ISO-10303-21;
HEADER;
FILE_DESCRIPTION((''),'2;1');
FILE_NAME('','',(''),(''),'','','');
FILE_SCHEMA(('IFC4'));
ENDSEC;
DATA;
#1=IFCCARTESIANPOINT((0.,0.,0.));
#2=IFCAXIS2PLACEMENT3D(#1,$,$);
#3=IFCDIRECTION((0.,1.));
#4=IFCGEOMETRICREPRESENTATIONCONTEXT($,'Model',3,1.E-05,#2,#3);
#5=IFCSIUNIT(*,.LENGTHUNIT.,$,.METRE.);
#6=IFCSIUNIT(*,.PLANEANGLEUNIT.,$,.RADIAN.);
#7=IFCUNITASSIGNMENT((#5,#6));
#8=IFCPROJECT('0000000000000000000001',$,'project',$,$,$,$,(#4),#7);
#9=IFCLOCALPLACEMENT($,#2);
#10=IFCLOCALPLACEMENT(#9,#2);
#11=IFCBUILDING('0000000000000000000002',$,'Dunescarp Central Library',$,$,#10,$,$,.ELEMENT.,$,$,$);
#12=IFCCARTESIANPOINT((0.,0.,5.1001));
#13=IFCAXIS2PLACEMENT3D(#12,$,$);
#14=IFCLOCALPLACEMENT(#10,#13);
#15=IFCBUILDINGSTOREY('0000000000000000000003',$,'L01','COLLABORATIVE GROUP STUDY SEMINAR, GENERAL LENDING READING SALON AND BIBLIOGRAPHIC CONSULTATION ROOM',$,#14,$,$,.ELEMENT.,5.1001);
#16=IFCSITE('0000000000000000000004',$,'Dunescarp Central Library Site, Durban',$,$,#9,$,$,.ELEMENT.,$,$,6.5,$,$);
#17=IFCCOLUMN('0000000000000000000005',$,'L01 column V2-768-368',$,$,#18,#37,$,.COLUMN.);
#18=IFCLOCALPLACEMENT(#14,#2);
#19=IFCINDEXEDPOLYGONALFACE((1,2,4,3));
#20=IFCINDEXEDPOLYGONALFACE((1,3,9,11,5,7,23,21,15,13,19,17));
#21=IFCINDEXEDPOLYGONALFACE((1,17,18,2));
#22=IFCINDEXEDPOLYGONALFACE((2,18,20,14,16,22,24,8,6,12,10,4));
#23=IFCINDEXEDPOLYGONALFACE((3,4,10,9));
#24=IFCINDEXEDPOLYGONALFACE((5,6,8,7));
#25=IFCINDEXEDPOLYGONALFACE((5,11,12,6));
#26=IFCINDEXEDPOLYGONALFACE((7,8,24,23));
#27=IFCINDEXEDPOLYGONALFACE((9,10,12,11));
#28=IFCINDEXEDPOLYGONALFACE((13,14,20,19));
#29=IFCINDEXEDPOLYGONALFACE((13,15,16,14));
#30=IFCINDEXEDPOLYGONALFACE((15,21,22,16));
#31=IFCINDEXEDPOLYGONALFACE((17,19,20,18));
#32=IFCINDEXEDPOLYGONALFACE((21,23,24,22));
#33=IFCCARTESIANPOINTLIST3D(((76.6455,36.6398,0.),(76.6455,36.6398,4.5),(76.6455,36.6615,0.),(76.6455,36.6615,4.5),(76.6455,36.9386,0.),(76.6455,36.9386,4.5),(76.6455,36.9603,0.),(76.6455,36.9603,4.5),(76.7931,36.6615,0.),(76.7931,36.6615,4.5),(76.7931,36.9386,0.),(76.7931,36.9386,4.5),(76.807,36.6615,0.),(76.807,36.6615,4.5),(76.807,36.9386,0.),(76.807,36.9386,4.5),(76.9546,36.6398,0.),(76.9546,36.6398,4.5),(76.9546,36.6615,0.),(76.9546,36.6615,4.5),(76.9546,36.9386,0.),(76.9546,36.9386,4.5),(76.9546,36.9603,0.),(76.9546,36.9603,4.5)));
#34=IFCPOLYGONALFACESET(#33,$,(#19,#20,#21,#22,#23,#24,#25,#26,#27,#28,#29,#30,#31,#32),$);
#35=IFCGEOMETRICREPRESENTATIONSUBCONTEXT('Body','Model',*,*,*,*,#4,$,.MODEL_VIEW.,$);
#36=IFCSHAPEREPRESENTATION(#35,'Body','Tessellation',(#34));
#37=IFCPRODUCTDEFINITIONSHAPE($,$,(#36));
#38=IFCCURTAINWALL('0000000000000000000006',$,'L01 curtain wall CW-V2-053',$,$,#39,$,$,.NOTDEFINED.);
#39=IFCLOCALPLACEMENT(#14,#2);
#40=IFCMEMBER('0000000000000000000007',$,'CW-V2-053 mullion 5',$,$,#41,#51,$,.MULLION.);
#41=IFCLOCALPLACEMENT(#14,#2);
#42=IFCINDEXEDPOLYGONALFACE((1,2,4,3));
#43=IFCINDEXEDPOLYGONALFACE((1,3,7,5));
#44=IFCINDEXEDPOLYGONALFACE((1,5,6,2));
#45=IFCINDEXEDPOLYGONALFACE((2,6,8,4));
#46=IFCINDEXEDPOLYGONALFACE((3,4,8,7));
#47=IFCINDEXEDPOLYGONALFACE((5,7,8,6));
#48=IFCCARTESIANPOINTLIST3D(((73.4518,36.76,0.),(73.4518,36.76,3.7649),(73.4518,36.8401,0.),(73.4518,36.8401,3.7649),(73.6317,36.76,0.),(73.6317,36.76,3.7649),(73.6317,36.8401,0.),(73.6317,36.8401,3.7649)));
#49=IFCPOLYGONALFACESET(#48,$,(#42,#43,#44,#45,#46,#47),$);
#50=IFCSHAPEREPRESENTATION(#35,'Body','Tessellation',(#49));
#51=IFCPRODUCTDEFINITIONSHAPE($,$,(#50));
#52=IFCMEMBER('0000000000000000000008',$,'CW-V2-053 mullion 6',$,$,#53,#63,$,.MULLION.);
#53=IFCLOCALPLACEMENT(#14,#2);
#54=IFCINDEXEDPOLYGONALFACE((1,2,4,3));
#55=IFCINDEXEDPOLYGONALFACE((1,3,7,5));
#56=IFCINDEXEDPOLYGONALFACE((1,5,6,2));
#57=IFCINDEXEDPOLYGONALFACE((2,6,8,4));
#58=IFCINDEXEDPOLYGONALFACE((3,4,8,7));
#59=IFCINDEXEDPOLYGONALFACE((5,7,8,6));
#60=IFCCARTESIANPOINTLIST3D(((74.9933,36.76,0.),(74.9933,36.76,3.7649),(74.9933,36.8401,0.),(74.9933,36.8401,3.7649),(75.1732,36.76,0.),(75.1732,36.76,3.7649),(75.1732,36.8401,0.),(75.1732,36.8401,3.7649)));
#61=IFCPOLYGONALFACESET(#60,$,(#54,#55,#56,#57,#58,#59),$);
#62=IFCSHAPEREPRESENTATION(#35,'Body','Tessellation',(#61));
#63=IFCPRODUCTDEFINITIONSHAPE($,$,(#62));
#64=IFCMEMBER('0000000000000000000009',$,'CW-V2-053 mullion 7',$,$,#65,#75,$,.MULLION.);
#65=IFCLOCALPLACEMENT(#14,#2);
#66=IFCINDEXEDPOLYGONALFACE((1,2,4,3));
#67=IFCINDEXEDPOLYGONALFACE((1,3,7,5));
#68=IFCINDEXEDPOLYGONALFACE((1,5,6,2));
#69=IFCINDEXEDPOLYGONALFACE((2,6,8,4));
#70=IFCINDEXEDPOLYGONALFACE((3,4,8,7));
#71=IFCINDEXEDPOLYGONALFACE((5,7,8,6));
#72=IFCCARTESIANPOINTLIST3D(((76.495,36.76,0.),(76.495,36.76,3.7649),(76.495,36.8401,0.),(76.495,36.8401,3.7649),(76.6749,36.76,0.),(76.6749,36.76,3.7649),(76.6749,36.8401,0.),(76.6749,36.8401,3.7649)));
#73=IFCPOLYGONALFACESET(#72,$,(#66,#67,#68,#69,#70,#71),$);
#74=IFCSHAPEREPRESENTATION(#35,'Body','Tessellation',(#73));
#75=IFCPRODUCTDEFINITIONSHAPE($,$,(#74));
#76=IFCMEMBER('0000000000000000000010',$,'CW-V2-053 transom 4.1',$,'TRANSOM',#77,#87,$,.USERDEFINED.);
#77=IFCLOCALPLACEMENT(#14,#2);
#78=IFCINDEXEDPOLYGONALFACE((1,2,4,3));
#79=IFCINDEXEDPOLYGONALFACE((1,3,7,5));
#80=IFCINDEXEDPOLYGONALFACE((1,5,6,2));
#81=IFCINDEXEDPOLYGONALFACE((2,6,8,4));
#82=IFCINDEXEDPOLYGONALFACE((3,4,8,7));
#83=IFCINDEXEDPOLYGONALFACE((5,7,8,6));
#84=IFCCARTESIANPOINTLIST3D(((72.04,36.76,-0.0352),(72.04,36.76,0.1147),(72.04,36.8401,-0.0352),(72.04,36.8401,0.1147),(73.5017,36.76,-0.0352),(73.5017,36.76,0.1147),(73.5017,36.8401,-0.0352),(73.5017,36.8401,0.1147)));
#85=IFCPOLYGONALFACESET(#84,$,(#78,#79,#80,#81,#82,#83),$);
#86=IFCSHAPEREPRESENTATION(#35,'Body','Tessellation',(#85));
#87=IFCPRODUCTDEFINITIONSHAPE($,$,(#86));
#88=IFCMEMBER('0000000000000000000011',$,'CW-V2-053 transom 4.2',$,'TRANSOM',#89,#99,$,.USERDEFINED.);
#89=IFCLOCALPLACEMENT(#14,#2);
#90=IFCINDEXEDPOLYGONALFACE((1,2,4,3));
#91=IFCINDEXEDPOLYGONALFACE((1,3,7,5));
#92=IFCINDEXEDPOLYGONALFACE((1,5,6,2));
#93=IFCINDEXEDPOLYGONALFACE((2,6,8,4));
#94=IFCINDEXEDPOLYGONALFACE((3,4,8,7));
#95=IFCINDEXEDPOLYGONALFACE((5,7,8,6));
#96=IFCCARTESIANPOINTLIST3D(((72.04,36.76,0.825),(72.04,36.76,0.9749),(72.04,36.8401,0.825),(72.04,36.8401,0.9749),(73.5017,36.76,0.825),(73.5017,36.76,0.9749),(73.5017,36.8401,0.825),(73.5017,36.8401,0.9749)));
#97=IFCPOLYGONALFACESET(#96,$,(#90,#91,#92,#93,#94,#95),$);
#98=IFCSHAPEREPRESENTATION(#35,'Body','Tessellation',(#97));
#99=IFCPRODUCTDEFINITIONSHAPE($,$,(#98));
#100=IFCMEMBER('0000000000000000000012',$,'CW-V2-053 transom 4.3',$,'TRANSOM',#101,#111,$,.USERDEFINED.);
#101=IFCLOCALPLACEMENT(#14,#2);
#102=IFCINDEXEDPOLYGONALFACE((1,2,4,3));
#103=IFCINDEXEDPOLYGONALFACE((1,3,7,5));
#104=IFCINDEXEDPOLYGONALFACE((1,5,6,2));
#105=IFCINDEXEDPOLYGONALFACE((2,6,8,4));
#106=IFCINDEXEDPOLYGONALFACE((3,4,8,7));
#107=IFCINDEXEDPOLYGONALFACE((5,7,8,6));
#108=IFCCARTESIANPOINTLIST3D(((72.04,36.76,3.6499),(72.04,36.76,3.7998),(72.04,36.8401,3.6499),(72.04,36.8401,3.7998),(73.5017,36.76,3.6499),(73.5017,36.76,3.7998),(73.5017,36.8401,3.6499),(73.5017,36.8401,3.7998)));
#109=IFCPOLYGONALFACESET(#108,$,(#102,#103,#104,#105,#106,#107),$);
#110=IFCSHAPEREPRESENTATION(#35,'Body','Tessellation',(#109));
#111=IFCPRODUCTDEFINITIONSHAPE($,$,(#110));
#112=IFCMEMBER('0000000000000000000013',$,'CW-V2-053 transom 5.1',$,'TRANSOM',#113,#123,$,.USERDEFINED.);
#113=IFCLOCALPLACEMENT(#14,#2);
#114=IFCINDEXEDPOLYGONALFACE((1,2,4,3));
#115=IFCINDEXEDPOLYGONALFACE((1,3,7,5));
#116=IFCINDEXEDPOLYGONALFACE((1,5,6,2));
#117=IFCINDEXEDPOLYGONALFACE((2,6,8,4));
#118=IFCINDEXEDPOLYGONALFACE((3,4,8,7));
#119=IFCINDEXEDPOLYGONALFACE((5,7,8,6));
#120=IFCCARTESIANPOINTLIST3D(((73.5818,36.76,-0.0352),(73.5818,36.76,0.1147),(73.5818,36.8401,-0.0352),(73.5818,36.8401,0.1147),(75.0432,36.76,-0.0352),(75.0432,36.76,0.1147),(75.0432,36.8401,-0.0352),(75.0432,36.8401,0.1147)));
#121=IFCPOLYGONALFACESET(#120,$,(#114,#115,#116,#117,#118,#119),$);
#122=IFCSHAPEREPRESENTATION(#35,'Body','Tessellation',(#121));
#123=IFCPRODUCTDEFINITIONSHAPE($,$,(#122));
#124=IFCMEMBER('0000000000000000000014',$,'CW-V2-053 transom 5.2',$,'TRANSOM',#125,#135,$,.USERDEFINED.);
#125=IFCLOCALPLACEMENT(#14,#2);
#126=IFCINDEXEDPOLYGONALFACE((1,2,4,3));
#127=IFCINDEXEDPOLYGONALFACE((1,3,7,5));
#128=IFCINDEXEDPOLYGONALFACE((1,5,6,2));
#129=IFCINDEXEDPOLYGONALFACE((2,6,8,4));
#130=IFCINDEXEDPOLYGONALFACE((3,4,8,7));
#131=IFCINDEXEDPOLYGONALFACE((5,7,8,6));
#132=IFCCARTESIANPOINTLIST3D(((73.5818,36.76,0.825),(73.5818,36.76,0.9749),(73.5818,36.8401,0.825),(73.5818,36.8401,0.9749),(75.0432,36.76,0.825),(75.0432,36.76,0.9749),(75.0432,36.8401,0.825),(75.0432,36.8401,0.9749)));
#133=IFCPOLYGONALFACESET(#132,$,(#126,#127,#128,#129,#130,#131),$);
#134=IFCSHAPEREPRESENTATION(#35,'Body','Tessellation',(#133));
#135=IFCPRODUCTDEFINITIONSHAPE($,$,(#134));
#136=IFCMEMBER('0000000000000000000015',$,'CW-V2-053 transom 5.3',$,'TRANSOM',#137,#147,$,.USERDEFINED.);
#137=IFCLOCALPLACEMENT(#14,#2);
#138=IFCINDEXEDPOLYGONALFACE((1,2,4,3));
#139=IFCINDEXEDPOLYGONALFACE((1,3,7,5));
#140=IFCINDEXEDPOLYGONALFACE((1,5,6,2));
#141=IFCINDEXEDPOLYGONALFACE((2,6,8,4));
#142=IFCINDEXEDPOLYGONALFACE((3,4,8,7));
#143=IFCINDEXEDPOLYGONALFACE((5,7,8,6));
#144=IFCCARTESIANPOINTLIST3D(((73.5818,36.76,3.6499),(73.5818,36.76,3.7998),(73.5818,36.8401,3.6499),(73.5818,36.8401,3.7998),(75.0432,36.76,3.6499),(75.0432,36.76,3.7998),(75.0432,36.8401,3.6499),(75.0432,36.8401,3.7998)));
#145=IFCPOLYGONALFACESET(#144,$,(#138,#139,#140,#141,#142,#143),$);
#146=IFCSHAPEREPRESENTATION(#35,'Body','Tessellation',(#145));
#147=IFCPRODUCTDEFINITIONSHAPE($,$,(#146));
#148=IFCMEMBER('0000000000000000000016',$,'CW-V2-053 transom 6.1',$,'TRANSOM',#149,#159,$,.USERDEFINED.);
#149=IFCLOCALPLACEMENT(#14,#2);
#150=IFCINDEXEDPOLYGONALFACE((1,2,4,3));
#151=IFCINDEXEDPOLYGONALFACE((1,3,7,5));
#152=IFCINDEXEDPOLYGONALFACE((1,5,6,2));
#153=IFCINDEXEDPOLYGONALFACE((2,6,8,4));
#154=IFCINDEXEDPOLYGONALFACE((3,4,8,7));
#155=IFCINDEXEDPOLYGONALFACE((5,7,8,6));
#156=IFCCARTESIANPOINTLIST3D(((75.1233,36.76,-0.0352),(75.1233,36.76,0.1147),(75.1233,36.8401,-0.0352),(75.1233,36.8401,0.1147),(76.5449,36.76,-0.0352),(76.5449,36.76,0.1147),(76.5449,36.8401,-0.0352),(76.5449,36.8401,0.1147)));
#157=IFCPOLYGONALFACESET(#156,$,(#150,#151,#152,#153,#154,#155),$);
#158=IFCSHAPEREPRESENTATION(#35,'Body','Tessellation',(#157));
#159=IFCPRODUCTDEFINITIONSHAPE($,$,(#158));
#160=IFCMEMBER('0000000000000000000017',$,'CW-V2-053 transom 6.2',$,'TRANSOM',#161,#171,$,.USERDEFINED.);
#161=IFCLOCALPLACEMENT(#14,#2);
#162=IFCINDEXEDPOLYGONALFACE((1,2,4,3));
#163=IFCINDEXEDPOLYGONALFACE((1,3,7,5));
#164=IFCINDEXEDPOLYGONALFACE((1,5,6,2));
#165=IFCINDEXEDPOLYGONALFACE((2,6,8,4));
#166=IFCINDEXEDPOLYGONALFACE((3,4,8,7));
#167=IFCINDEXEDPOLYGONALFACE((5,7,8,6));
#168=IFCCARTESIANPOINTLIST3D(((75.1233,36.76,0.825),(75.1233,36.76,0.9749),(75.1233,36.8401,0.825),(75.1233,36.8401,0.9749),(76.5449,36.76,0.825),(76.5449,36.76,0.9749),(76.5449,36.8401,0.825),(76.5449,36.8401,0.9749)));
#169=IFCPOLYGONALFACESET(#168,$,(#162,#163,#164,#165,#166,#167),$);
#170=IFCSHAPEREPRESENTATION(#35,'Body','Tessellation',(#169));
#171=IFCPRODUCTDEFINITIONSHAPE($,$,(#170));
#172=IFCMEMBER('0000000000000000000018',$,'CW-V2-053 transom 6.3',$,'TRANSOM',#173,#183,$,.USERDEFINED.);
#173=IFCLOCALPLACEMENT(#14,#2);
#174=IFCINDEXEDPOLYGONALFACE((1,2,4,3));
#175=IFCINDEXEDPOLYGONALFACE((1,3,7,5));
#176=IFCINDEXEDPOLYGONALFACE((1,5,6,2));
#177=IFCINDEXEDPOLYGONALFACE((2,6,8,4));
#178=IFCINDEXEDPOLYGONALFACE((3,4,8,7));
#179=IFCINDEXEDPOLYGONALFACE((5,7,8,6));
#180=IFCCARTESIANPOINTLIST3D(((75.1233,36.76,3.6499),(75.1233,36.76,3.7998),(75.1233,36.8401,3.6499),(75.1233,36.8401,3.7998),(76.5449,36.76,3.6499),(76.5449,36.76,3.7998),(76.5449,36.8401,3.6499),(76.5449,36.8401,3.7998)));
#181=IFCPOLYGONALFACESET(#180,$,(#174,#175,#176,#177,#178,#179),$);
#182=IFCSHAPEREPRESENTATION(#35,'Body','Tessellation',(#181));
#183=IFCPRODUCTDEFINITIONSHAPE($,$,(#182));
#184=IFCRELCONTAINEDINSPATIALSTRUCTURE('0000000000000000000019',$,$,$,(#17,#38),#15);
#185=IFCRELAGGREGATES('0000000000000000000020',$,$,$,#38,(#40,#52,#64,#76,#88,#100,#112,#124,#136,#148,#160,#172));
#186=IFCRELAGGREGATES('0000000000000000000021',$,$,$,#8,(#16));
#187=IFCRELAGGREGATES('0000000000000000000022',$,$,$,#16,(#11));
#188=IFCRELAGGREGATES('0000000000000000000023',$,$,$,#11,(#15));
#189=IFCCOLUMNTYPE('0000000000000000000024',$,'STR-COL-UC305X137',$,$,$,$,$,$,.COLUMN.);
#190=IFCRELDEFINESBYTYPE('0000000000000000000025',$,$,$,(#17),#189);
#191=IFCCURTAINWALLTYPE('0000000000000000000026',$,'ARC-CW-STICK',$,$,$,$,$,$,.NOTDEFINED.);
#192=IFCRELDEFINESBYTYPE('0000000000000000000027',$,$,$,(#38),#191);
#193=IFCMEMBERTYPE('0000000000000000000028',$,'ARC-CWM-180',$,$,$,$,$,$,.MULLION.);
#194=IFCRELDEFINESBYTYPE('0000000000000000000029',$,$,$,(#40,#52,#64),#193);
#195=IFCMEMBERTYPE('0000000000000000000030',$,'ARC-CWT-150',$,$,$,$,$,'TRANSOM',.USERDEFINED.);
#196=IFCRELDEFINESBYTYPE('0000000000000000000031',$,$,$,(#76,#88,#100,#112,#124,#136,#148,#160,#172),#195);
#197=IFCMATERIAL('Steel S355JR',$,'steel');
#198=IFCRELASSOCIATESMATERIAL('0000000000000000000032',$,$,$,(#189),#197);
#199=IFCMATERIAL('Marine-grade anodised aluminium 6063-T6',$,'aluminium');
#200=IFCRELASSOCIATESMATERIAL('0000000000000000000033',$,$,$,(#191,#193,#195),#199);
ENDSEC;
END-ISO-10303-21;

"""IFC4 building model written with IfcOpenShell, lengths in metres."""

from ifc_helpers import new_model, si_unit, direction, frame, origin, origin_2d, place, context, subcontext, project, spatial, rectangle, i_section, extrude, material, material_profile, profile_set, type_object, element, aggregate, save


model = new_model("IFC4")

# Units and contexts
model_context = context("Model", 3, precision=1e-05, world=origin(), true_north=direction((0.0, 1.0)))
body_context = subcontext(model_context, "Body", "Model", "MODEL_VIEW")
ifc_project = project(units=[si_unit("LENGTHUNIT", "METRE"), si_unit("PLANEANGLEUNIT", "RADIAN")], contexts=[model_context])

# Site, building, storey
site_placement = place(None, origin())
site = spatial("IfcSite", under=ifc_project, at=site_placement, Name="Dunescarp Central Library Site, Durban", CompositionType="ELEMENT", RefElevation=6.5)
building_placement = place(site_placement, origin())
building = spatial("IfcBuilding", under=site, at=building_placement, Name="Dunescarp Central Library", CompositionType="ELEMENT")
storey_placement = place(building_placement, frame((0.0, 0.0, 5.1001)))
storey = spatial("IfcBuildingStorey", under=building, at=storey_placement, Name="L01", Description="COLLABORATIVE GROUP STUDY SEMINAR, GENERAL LENDING READING SALON AND BIBLIOGRAPHIC CONSULTATION ROOM", CompositionType="ELEMENT", Elevation=5.1001)

# Column
ifc_material_1 = material(Name="Steel S355JR", Category="steel")
ifc_material_profile_1 = material_profile(ifc_material_1, i_section(OverallWidth=0.3091, OverallDepth=0.3206, WebThickness=0.0139, FlangeThickness=0.0217, at=origin_2d()), Name="UC 305x305x137")
ifc_profile_set_1 = profile_set([ifc_material_profile_1], Name="Steel S355JR")
column_type = type_object("IfcColumnType", Name="STR-COL-UC305X137", PredefinedType="COLUMN", material=ifc_profile_set_1)
column_placement = place(storey_placement, frame((76.8, 36.8, 0.0), z_axis=(0.0, 0.0, 1.0), x_axis=(1.0, 0.0, 0.0)))
element("IfcColumn", 1, at=column_placement, inside=storey, type_object=column_type, Name="L01 column V2-768-368", PredefinedType="COLUMN", context=body_context, shape_type="SweptSolid", body=[
    extrude(i_section(OverallWidth=0.3091, OverallDepth=0.3206, WebThickness=0.0139, FlangeThickness=0.0217, at=origin_2d()), origin(), (0.0, 0.0, 1.0), 4.5),
])

# Curtain wall, members
ifc_material_2 = material(Name="Marine-grade anodised aluminium 6063-T6", Category="aluminium")
curtain_wall_type = type_object("IfcCurtainWallType", Name="ARC-CW-STICK", PredefinedType="NOTDEFINED", material=ifc_material_2)
curtain_wall_placement = place(storey_placement, origin())
curtain_wall = element("IfcCurtainWall", 2, at=curtain_wall_placement, inside=storey, type_object=curtain_wall_type, Name="L01 curtain wall CW-V2-053", PredefinedType="NOTDEFINED")
ifc_material_profile_2 = material_profile(ifc_material_2, rectangle(XDim=0.0801, YDim=0.1799, at=origin_2d()), Name="AL 80x180")
ifc_profile_set_2 = profile_set([ifc_material_profile_2], Name="Marine-grade anodised aluminium 6063-T6")
member_type_1 = type_object("IfcMemberType", Name="ARC-CWM-180", PredefinedType="MULLION", material=ifc_profile_set_2)
member_1_placement = place(storey_placement, frame((73.5417, 36.8, 0.0), z_axis=(0.0, 0.0, 1.0), x_axis=(0.0, 1.0, 0.0)))
member_1 = element("IfcMember", 3, at=member_1_placement, type_object=member_type_1, Name="CW-V2-053 mullion 5", PredefinedType="MULLION", context=body_context, shape_type="SweptSolid", body=[
    extrude(rectangle(XDim=0.0801, YDim=0.1799, at=origin_2d()), origin(), (0.0, 0.0, 1.0), 3.7649),
])
member_2_placement = place(storey_placement, frame((75.0833, 36.8, 0.0), z_axis=(0.0, 0.0, 1.0), x_axis=(0.0, 1.0, 0.0)))
member_2 = element("IfcMember", 4, at=member_2_placement, type_object=member_type_1, Name="CW-V2-053 mullion 6", PredefinedType="MULLION", context=body_context, shape_type="SweptSolid", body=[
    extrude(rectangle(XDim=0.0801, YDim=0.1799, at=origin_2d()), origin(), (0.0, 0.0, 1.0), 3.7649),
])
member_3_placement = place(storey_placement, frame((76.585, 36.8, 0.0), z_axis=(0.0, 0.0, 1.0), x_axis=(0.0, 1.0, 0.0)))
member_3 = element("IfcMember", 5, at=member_3_placement, type_object=member_type_1, Name="CW-V2-053 mullion 7", PredefinedType="MULLION", context=body_context, shape_type="SweptSolid", body=[
    extrude(rectangle(XDim=0.0801, YDim=0.1799, at=origin_2d()), origin(), (0.0, 0.0, 1.0), 3.7649),
])
ifc_material_profile_3 = material_profile(ifc_material_2, rectangle(XDim=0.0801, YDim=0.1499, at=origin_2d()), Name="AL 80x150")
ifc_profile_set_3 = profile_set([ifc_material_profile_3], Name="Marine-grade anodised aluminium 6063-T6")
member_type_2 = type_object("IfcMemberType", Name="ARC-CWT-150", ElementType="TRANSOM", PredefinedType="USERDEFINED", material=ifc_profile_set_3)
member_4_placement = place(storey_placement, frame((72.04, 36.8, 0.0398), z_axis=(1.0, 0.0, 0.0), x_axis=(0.0, 1.0, 0.0)))
member_4 = element("IfcMember", 6, at=member_4_placement, type_object=member_type_2, Name="CW-V2-053 transom 4.1", ObjectType="TRANSOM", PredefinedType="USERDEFINED", context=body_context, shape_type="SweptSolid", body=[
    extrude(rectangle(XDim=0.0801, YDim=0.1499, at=origin_2d()), origin(), (0.0, 0.0, 1.0), 1.4617),
])
member_5_placement = place(storey_placement, frame((72.04, 36.8, 0.8999), z_axis=(1.0, 0.0, 0.0), x_axis=(0.0, 1.0, 0.0)))
member_5 = element("IfcMember", 7, at=member_5_placement, type_object=member_type_2, Name="CW-V2-053 transom 4.2", ObjectType="TRANSOM", PredefinedType="USERDEFINED", context=body_context, shape_type="SweptSolid", body=[
    extrude(rectangle(XDim=0.0801, YDim=0.1499, at=origin_2d()), origin(), (0.0, 0.0, 1.0), 1.4617),
])
member_6_placement = place(storey_placement, frame((72.04, 36.8, 3.7249), z_axis=(1.0, 0.0, 0.0), x_axis=(0.0, 1.0, 0.0)))
member_6 = element("IfcMember", 8, at=member_6_placement, type_object=member_type_2, Name="CW-V2-053 transom 4.3", ObjectType="TRANSOM", PredefinedType="USERDEFINED", context=body_context, shape_type="SweptSolid", body=[
    extrude(rectangle(XDim=0.0801, YDim=0.1499, at=origin_2d()), origin(), (0.0, 0.0, 1.0), 1.4617),
])
member_7_placement = place(storey_placement, frame((73.5818, 36.8, 0.0398), z_axis=(1.0, 0.0, 0.0), x_axis=(0.0, 1.0, 0.0)))
member_7 = element("IfcMember", 9, at=member_7_placement, type_object=member_type_2, Name="CW-V2-053 transom 5.1", ObjectType="TRANSOM", PredefinedType="USERDEFINED", context=body_context, shape_type="SweptSolid", body=[
    extrude(rectangle(XDim=0.0801, YDim=0.1499, at=origin_2d()), origin(), (0.0, 0.0, 1.0), 1.4614),
])
member_8_placement = place(storey_placement, frame((73.5818, 36.8, 0.8999), z_axis=(1.0, 0.0, 0.0), x_axis=(0.0, 1.0, 0.0)))
member_8 = element("IfcMember", 10, at=member_8_placement, type_object=member_type_2, Name="CW-V2-053 transom 5.2", ObjectType="TRANSOM", PredefinedType="USERDEFINED", context=body_context, shape_type="SweptSolid", body=[
    extrude(rectangle(XDim=0.0801, YDim=0.1499, at=origin_2d()), origin(), (0.0, 0.0, 1.0), 1.4614),
])
member_9_placement = place(storey_placement, frame((73.5818, 36.8, 3.7249), z_axis=(1.0, 0.0, 0.0), x_axis=(0.0, 1.0, 0.0)))
member_9 = element("IfcMember", 11, at=member_9_placement, type_object=member_type_2, Name="CW-V2-053 transom 5.3", ObjectType="TRANSOM", PredefinedType="USERDEFINED", context=body_context, shape_type="SweptSolid", body=[
    extrude(rectangle(XDim=0.0801, YDim=0.1499, at=origin_2d()), origin(), (0.0, 0.0, 1.0), 1.4614),
])
member_10_placement = place(storey_placement, frame((75.1233, 36.8, 0.0398), z_axis=(1.0, 0.0, 0.0), x_axis=(0.0, 1.0, 0.0)))
member_10 = element("IfcMember", 12, at=member_10_placement, type_object=member_type_2, Name="CW-V2-053 transom 6.1", ObjectType="TRANSOM", PredefinedType="USERDEFINED", context=body_context, shape_type="SweptSolid", body=[
    extrude(rectangle(XDim=0.0801, YDim=0.1499, at=origin_2d()), origin(), (0.0, 0.0, 1.0), 1.4216),
])
member_11_placement = place(storey_placement, frame((75.1233, 36.8, 0.8999), z_axis=(1.0, 0.0, 0.0), x_axis=(0.0, 1.0, 0.0)))
member_11 = element("IfcMember", 13, at=member_11_placement, type_object=member_type_2, Name="CW-V2-053 transom 6.2", ObjectType="TRANSOM", PredefinedType="USERDEFINED", context=body_context, shape_type="SweptSolid", body=[
    extrude(rectangle(XDim=0.0801, YDim=0.1499, at=origin_2d()), origin(), (0.0, 0.0, 1.0), 1.4216),
])
member_12_placement = place(storey_placement, frame((75.1233, 36.8, 3.7249), z_axis=(1.0, 0.0, 0.0), x_axis=(0.0, 1.0, 0.0)))
member_12 = element("IfcMember", 14, at=member_12_placement, type_object=member_type_2, Name="CW-V2-053 transom 6.3", ObjectType="TRANSOM", PredefinedType="USERDEFINED", context=body_context, shape_type="SweptSolid", body=[
    extrude(rectangle(XDim=0.0801, YDim=0.1499, at=origin_2d()), origin(), (0.0, 0.0, 1.0), 1.4216),
])
aggregate(curtain_wall, [member_1, member_2, member_3, member_4, member_5, member_6, member_7, member_8, member_9, member_10, member_11, member_12])

save(model, "model.ifc")
